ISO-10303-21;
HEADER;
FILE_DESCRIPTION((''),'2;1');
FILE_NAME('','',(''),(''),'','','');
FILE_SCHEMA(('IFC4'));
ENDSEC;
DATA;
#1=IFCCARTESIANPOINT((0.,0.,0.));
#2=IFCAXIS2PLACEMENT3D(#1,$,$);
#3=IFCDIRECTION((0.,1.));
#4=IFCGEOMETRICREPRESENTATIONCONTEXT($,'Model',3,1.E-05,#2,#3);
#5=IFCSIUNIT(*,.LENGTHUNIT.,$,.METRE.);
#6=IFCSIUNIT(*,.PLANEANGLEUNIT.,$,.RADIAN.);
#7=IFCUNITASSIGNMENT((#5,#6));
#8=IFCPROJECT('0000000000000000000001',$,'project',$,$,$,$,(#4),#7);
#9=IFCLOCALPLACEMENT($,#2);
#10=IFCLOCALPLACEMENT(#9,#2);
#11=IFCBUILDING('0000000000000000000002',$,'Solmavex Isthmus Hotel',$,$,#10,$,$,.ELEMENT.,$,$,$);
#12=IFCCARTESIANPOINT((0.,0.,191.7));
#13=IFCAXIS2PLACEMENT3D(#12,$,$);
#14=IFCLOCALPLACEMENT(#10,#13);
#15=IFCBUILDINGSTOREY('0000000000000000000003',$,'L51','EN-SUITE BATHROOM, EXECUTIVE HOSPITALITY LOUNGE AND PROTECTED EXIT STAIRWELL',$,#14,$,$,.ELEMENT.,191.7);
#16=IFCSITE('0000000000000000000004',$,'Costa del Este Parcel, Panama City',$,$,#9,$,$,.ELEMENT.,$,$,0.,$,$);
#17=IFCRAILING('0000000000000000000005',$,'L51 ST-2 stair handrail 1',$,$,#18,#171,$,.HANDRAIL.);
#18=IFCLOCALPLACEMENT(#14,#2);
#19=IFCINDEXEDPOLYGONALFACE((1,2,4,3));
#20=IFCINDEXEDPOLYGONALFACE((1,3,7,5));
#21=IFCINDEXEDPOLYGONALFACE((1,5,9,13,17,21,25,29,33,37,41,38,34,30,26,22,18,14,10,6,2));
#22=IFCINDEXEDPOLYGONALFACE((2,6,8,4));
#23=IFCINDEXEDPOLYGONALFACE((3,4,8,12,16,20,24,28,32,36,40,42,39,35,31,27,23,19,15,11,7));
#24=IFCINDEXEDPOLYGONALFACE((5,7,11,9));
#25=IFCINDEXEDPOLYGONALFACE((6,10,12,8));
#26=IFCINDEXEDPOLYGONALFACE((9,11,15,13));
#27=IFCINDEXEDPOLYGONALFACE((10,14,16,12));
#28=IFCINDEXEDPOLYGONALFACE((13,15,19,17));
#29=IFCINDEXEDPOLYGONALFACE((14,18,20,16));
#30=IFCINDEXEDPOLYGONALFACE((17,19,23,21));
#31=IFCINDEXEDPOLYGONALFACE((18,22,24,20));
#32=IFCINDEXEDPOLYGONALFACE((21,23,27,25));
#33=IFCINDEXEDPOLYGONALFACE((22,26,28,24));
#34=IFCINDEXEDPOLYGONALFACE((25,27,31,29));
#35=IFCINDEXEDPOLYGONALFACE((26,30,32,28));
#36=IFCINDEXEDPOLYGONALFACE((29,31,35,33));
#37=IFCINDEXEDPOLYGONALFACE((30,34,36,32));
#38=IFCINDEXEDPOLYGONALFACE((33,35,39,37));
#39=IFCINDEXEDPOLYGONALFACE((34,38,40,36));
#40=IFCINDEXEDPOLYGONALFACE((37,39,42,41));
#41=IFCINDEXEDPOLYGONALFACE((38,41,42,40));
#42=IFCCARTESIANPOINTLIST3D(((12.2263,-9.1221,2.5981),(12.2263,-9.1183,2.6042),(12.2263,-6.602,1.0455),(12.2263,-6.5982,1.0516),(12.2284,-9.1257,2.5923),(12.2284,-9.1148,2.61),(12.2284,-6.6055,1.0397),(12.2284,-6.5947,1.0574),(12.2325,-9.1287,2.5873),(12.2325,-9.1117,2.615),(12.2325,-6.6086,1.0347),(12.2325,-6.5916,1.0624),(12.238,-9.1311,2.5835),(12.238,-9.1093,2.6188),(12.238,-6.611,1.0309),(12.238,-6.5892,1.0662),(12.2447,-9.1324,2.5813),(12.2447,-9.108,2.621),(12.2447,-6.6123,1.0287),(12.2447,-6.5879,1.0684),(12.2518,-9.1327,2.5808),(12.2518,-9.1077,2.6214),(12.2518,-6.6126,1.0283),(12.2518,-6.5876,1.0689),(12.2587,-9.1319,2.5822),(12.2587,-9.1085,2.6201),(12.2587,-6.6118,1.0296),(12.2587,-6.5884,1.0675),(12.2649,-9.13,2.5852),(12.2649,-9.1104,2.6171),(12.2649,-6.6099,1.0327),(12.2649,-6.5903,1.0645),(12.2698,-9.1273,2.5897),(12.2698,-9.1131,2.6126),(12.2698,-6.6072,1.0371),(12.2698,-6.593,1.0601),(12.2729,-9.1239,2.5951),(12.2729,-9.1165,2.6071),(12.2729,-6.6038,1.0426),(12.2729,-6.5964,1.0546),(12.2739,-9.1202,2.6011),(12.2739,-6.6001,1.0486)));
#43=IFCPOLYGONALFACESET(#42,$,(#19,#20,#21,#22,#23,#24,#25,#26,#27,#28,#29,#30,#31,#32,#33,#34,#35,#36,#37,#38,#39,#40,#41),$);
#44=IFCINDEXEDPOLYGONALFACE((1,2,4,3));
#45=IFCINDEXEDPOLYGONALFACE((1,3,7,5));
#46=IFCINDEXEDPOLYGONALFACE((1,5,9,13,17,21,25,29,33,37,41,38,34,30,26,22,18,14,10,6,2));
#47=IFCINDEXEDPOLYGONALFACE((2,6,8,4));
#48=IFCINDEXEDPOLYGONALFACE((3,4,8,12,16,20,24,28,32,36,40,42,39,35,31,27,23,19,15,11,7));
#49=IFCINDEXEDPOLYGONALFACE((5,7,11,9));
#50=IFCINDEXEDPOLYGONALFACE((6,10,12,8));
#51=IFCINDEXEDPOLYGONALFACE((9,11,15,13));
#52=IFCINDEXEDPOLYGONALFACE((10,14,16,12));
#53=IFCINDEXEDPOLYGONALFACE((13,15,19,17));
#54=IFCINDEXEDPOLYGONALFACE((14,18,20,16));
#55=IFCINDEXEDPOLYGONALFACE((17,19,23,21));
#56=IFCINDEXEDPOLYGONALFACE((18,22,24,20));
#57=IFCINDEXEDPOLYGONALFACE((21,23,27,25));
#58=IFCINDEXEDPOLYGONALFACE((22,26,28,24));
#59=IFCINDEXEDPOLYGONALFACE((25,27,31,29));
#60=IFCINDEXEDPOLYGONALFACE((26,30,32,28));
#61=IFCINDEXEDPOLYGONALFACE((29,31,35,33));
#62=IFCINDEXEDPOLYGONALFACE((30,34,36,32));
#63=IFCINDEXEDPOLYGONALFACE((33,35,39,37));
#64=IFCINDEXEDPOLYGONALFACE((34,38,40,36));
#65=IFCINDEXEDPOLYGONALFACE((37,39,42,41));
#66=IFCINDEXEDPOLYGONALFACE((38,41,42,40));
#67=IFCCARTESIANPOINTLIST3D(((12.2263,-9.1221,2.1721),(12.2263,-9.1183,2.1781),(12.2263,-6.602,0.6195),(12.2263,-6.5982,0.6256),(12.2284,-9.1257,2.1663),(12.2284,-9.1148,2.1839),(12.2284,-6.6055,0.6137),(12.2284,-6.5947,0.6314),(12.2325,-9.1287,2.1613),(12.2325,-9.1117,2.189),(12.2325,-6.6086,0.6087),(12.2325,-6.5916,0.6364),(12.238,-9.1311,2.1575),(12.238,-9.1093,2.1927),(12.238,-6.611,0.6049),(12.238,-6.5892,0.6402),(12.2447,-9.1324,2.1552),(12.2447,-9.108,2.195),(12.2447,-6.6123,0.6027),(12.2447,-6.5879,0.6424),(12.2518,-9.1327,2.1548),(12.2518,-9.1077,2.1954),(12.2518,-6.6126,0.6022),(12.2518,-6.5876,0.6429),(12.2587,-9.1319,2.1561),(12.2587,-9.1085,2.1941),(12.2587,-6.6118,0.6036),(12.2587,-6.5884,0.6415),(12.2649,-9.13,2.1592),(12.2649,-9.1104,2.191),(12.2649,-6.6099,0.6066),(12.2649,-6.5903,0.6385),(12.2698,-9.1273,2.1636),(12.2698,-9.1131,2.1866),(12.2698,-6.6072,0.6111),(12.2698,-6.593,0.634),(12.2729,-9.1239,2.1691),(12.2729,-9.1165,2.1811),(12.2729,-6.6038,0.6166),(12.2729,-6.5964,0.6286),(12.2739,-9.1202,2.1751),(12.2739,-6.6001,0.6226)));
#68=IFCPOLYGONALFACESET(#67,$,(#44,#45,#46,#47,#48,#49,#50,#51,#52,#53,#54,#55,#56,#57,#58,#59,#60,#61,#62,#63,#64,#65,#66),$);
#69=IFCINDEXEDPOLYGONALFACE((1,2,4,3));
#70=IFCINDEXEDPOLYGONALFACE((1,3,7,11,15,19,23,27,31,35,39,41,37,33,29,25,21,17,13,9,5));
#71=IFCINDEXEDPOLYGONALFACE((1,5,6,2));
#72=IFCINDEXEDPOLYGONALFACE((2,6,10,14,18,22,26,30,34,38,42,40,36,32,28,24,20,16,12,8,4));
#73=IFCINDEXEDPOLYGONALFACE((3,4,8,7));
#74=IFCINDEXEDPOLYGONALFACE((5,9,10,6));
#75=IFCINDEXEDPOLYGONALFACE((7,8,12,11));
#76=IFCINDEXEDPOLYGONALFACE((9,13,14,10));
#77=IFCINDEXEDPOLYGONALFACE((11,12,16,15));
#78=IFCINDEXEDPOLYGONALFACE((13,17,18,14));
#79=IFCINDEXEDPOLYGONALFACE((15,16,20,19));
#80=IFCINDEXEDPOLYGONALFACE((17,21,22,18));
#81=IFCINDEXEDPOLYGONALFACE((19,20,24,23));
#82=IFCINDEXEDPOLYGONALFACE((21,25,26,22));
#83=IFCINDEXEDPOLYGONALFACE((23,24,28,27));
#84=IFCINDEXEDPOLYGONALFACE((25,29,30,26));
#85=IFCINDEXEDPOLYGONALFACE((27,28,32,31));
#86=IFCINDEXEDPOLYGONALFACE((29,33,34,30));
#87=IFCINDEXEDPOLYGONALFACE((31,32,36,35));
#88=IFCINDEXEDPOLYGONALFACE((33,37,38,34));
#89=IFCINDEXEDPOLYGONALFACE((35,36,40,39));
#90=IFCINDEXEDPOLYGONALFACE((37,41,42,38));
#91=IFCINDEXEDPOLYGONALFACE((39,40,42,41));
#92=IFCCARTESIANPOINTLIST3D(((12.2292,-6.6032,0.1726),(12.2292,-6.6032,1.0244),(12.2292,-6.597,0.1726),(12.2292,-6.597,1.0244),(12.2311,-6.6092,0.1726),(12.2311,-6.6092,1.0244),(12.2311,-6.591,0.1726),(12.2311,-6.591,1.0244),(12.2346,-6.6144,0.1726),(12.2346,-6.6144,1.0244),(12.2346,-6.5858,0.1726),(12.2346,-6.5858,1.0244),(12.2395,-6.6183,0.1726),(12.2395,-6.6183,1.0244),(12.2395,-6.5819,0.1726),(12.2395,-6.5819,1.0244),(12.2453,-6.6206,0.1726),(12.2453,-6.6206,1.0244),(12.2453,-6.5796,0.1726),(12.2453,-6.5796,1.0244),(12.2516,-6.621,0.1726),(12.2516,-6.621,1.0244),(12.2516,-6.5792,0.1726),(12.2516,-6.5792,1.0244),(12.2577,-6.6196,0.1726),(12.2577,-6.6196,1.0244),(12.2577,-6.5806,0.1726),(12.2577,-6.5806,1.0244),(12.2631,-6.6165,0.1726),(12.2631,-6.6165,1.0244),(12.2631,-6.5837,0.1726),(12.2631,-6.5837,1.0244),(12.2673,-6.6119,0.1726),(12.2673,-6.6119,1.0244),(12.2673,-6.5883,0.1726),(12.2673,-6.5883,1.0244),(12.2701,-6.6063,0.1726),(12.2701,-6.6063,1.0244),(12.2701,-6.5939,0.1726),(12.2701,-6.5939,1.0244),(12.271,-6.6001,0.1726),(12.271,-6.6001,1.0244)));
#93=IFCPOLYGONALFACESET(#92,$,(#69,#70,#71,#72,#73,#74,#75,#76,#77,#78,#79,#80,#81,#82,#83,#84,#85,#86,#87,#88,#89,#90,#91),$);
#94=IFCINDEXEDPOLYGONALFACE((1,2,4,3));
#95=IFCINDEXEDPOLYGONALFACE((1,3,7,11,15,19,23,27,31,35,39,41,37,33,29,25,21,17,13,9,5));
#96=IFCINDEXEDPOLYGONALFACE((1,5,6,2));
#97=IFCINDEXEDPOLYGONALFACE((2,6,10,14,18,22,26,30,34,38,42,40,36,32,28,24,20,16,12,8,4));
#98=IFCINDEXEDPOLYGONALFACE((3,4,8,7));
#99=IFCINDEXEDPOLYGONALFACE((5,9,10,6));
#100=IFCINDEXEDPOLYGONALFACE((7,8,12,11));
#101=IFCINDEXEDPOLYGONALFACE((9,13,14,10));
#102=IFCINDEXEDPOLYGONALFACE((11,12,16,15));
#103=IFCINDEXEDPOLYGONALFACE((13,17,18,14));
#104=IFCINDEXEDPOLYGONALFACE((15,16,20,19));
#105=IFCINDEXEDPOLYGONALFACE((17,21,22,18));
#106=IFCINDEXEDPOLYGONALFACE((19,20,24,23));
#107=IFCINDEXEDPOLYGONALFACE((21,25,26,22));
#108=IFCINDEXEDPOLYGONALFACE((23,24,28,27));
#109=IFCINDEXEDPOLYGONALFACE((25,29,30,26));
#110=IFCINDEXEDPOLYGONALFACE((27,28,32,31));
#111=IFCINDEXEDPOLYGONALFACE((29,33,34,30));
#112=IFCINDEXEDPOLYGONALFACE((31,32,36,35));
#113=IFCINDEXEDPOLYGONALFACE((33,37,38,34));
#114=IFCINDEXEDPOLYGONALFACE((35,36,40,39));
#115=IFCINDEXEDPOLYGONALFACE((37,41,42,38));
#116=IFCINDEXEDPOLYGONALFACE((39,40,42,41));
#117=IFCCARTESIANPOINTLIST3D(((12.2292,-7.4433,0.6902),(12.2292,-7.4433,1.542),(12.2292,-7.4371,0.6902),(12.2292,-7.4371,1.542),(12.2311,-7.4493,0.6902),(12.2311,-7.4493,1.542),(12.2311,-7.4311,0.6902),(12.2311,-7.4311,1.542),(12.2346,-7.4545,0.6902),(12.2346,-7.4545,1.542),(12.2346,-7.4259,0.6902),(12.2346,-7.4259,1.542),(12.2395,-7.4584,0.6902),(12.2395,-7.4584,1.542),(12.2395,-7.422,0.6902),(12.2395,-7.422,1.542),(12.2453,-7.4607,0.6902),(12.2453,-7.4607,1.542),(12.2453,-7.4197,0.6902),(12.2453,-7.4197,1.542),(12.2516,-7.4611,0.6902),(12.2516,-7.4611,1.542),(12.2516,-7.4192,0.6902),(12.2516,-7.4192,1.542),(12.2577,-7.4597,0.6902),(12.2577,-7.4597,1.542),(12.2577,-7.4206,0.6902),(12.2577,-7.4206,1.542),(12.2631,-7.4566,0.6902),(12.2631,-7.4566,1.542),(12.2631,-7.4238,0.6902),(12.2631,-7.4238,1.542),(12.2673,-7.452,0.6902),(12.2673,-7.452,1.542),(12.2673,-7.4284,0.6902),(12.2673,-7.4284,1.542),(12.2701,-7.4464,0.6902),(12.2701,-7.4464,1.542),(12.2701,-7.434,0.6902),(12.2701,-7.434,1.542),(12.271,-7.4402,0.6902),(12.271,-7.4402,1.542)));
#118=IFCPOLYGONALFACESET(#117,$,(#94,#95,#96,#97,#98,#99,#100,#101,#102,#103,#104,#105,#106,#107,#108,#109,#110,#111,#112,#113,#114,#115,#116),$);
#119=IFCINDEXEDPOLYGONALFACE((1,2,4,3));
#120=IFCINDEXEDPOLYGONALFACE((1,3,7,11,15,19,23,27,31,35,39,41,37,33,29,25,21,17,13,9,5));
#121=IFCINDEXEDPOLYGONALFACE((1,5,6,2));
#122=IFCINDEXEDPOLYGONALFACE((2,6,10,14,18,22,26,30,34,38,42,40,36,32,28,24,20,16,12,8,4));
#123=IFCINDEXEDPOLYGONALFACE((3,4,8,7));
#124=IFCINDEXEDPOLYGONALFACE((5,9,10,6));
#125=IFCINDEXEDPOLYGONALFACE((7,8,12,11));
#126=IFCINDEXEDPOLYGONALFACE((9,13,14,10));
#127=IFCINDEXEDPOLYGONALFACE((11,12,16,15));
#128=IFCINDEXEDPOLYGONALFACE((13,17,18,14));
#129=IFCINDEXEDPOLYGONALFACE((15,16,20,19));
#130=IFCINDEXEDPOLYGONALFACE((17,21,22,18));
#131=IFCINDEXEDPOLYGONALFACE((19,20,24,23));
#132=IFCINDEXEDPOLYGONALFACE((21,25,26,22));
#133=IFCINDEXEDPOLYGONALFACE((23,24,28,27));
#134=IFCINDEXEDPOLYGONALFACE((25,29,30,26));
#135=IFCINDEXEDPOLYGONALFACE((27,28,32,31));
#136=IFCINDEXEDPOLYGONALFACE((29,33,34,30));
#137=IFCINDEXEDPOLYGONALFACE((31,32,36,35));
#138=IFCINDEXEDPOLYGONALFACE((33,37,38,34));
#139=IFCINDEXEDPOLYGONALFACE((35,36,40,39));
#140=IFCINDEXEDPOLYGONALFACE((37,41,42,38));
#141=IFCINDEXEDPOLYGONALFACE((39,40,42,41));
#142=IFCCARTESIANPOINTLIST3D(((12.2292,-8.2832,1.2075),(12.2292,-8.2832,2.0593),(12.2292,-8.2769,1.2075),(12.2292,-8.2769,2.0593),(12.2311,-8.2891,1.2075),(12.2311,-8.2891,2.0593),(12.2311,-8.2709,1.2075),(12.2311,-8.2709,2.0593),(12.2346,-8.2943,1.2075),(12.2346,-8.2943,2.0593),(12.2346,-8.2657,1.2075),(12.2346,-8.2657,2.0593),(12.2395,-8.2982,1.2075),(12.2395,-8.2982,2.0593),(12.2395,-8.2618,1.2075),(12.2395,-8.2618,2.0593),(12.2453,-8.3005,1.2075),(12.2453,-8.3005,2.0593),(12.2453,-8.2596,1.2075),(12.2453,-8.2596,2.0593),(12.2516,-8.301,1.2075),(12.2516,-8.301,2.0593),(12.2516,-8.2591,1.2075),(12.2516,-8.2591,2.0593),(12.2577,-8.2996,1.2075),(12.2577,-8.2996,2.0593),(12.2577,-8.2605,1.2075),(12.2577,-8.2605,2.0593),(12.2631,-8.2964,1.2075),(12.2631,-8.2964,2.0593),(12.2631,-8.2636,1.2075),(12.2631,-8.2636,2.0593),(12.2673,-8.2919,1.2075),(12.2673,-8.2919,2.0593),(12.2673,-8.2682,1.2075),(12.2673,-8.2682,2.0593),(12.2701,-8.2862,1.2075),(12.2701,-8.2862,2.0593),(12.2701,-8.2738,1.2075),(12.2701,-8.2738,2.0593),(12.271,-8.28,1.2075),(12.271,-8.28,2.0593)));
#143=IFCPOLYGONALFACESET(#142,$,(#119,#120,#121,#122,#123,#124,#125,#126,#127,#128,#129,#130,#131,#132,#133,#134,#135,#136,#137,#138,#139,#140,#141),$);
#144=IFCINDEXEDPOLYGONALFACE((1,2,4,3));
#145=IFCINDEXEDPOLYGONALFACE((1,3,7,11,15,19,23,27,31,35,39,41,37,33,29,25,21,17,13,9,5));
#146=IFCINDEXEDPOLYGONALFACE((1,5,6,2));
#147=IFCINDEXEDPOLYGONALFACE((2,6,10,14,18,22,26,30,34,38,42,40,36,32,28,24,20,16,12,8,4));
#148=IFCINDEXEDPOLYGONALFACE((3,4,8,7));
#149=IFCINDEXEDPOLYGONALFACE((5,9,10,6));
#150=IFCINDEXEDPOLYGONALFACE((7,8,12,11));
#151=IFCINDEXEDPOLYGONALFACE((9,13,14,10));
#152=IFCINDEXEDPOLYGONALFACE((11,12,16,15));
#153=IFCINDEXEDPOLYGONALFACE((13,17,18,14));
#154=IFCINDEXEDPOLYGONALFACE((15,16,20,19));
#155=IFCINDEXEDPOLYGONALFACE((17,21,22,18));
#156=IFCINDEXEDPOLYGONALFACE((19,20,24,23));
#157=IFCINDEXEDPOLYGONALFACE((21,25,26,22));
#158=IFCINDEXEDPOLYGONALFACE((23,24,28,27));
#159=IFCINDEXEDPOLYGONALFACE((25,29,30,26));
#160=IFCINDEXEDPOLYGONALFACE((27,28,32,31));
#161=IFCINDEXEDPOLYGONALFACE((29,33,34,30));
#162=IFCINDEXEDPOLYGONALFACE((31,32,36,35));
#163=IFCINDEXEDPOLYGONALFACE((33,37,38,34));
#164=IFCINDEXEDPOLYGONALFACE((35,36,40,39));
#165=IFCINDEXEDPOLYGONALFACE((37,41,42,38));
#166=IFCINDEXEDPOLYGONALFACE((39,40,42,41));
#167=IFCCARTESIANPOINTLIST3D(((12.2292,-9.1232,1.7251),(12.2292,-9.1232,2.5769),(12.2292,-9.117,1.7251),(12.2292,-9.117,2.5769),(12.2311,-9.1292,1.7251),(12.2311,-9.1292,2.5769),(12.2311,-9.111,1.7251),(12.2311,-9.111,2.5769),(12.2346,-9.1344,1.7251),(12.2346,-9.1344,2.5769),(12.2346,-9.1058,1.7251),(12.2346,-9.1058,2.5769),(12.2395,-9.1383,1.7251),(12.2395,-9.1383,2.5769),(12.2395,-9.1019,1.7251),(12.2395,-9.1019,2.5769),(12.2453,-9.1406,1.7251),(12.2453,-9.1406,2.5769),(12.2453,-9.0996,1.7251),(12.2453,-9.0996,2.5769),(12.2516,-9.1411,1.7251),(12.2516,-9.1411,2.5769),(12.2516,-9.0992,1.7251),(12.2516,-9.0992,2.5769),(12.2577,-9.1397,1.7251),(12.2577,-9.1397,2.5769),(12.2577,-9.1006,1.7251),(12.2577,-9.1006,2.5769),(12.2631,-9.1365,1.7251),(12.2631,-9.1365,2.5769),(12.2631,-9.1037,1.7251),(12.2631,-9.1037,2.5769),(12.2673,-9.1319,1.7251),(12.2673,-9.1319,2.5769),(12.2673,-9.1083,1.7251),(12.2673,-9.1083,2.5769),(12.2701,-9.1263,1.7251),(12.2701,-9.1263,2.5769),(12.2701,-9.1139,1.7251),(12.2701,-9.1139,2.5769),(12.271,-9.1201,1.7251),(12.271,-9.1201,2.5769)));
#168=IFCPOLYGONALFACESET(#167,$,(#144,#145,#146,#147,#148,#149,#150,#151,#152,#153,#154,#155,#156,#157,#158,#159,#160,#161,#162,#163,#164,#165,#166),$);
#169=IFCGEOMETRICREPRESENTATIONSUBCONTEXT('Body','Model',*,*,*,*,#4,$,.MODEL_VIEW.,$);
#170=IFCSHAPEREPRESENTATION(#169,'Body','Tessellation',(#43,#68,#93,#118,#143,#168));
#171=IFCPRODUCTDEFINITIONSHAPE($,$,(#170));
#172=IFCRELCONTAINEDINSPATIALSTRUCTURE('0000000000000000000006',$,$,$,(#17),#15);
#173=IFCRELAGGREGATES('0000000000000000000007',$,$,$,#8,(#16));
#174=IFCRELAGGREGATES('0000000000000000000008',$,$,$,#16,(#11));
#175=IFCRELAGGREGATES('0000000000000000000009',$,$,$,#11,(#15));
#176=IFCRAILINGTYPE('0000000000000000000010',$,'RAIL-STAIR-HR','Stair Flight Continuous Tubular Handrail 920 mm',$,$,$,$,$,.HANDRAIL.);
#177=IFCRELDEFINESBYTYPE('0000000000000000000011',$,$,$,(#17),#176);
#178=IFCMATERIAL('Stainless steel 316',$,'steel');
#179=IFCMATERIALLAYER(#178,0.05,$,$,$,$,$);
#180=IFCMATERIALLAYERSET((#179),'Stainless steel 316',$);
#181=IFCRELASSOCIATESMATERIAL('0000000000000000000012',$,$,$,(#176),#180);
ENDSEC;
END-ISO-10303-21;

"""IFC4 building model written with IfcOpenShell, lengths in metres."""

from ifc_helpers import new_model, si_unit, direction, frame, origin, origin_2d, place, context, subcontext, project, spatial, circle, extrude, material, layer, layer_set, type_object, element, save


model = new_model("IFC4")

# Units and contexts
model_context = context("Model", 3, precision=1e-05, world=origin(), true_north=direction((0.0, 1.0)))
body_context = subcontext(model_context, "Body", "Model", "MODEL_VIEW")
ifc_project = project(units=[si_unit("LENGTHUNIT", "METRE"), si_unit("PLANEANGLEUNIT", "RADIAN")], contexts=[model_context])

# Site, building, storey
site_placement = place(None, origin())
site = spatial("IfcSite", under=ifc_project, at=site_placement, Name="Costa del Este Parcel, Panama City", CompositionType="ELEMENT", RefElevation=0.0)
building_placement = place(site_placement, origin())
building = spatial("IfcBuilding", under=site, at=building_placement, Name="Solmavex Isthmus Hotel", CompositionType="ELEMENT")
storey_placement = place(building_placement, frame((0.0, 0.0, 191.7)))
storey = spatial("IfcBuildingStorey", under=building, at=storey_placement, Name="L51", Description="EN-SUITE BATHROOM, EXECUTIVE HOSPITALITY LOUNGE AND PROTECTED EXIT STAIRWELL", CompositionType="ELEMENT", Elevation=191.7)

# Railing
ifc_material_1 = material(Name="Stainless steel 316", Category="steel")
ifc_layer_1 = layer(ifc_material_1, 0.05)
ifc_layer_set_1 = layer_set([ifc_layer_1], Name="Stainless steel 316")
railing_type_1 = type_object("IfcRailingType", Name="RAIL-STAIR-HR", Description="Stair Flight Continuous Tubular Handrail 920 mm", PredefinedType="HANDRAIL", material=ifc_layer_set_1)
railing_1_placement = place(storey_placement, frame((12.25, -6.6001, 0.1726)))
element("IfcRailing", 1, at=railing_1_placement, inside=storey, type_object=railing_type_1, Name="L51 ST-2 stair handrail 1", PredefinedType="HANDRAIL", context=body_context, shape_type="SweptSolid", body=[
    extrude(circle(Radius=0.0239, at=origin_2d()), frame((0.0, 0.0, 0.876), z_axis=(0.0, -0.8514, 0.524516), x_axis=(1.0, 0.0, 0.0)), (0.0, 0.0, 1.0), 2.96),
    extrude(circle(Radius=0.0239, at=origin_2d()), frame((0.0, 0.0, 0.45), z_axis=(0.0, -0.8514, 0.524516), x_axis=(1.0, 0.0, 0.0)), (0.0, 0.0, 1.0), 2.96),
    extrude(circle(Radius=0.021, at=origin_2d()), origin(), (0.0, 0.0, 1.0), 0.8518),
    extrude(circle(Radius=0.021, at=origin_2d()), frame((0.0, -0.8401, 0.5176)), (0.0, 0.0, 1.0), 0.8518),
    extrude(circle(Radius=0.021, at=origin_2d()), frame((0.0, -1.6799, 1.0349)), (0.0, 0.0, 1.0), 0.8518),
    extrude(circle(Radius=0.021, at=origin_2d()), frame((0.0, -2.52, 1.5525)), (0.0, 0.0, 1.0), 0.8518),
])

save(model, "model.ifc")
